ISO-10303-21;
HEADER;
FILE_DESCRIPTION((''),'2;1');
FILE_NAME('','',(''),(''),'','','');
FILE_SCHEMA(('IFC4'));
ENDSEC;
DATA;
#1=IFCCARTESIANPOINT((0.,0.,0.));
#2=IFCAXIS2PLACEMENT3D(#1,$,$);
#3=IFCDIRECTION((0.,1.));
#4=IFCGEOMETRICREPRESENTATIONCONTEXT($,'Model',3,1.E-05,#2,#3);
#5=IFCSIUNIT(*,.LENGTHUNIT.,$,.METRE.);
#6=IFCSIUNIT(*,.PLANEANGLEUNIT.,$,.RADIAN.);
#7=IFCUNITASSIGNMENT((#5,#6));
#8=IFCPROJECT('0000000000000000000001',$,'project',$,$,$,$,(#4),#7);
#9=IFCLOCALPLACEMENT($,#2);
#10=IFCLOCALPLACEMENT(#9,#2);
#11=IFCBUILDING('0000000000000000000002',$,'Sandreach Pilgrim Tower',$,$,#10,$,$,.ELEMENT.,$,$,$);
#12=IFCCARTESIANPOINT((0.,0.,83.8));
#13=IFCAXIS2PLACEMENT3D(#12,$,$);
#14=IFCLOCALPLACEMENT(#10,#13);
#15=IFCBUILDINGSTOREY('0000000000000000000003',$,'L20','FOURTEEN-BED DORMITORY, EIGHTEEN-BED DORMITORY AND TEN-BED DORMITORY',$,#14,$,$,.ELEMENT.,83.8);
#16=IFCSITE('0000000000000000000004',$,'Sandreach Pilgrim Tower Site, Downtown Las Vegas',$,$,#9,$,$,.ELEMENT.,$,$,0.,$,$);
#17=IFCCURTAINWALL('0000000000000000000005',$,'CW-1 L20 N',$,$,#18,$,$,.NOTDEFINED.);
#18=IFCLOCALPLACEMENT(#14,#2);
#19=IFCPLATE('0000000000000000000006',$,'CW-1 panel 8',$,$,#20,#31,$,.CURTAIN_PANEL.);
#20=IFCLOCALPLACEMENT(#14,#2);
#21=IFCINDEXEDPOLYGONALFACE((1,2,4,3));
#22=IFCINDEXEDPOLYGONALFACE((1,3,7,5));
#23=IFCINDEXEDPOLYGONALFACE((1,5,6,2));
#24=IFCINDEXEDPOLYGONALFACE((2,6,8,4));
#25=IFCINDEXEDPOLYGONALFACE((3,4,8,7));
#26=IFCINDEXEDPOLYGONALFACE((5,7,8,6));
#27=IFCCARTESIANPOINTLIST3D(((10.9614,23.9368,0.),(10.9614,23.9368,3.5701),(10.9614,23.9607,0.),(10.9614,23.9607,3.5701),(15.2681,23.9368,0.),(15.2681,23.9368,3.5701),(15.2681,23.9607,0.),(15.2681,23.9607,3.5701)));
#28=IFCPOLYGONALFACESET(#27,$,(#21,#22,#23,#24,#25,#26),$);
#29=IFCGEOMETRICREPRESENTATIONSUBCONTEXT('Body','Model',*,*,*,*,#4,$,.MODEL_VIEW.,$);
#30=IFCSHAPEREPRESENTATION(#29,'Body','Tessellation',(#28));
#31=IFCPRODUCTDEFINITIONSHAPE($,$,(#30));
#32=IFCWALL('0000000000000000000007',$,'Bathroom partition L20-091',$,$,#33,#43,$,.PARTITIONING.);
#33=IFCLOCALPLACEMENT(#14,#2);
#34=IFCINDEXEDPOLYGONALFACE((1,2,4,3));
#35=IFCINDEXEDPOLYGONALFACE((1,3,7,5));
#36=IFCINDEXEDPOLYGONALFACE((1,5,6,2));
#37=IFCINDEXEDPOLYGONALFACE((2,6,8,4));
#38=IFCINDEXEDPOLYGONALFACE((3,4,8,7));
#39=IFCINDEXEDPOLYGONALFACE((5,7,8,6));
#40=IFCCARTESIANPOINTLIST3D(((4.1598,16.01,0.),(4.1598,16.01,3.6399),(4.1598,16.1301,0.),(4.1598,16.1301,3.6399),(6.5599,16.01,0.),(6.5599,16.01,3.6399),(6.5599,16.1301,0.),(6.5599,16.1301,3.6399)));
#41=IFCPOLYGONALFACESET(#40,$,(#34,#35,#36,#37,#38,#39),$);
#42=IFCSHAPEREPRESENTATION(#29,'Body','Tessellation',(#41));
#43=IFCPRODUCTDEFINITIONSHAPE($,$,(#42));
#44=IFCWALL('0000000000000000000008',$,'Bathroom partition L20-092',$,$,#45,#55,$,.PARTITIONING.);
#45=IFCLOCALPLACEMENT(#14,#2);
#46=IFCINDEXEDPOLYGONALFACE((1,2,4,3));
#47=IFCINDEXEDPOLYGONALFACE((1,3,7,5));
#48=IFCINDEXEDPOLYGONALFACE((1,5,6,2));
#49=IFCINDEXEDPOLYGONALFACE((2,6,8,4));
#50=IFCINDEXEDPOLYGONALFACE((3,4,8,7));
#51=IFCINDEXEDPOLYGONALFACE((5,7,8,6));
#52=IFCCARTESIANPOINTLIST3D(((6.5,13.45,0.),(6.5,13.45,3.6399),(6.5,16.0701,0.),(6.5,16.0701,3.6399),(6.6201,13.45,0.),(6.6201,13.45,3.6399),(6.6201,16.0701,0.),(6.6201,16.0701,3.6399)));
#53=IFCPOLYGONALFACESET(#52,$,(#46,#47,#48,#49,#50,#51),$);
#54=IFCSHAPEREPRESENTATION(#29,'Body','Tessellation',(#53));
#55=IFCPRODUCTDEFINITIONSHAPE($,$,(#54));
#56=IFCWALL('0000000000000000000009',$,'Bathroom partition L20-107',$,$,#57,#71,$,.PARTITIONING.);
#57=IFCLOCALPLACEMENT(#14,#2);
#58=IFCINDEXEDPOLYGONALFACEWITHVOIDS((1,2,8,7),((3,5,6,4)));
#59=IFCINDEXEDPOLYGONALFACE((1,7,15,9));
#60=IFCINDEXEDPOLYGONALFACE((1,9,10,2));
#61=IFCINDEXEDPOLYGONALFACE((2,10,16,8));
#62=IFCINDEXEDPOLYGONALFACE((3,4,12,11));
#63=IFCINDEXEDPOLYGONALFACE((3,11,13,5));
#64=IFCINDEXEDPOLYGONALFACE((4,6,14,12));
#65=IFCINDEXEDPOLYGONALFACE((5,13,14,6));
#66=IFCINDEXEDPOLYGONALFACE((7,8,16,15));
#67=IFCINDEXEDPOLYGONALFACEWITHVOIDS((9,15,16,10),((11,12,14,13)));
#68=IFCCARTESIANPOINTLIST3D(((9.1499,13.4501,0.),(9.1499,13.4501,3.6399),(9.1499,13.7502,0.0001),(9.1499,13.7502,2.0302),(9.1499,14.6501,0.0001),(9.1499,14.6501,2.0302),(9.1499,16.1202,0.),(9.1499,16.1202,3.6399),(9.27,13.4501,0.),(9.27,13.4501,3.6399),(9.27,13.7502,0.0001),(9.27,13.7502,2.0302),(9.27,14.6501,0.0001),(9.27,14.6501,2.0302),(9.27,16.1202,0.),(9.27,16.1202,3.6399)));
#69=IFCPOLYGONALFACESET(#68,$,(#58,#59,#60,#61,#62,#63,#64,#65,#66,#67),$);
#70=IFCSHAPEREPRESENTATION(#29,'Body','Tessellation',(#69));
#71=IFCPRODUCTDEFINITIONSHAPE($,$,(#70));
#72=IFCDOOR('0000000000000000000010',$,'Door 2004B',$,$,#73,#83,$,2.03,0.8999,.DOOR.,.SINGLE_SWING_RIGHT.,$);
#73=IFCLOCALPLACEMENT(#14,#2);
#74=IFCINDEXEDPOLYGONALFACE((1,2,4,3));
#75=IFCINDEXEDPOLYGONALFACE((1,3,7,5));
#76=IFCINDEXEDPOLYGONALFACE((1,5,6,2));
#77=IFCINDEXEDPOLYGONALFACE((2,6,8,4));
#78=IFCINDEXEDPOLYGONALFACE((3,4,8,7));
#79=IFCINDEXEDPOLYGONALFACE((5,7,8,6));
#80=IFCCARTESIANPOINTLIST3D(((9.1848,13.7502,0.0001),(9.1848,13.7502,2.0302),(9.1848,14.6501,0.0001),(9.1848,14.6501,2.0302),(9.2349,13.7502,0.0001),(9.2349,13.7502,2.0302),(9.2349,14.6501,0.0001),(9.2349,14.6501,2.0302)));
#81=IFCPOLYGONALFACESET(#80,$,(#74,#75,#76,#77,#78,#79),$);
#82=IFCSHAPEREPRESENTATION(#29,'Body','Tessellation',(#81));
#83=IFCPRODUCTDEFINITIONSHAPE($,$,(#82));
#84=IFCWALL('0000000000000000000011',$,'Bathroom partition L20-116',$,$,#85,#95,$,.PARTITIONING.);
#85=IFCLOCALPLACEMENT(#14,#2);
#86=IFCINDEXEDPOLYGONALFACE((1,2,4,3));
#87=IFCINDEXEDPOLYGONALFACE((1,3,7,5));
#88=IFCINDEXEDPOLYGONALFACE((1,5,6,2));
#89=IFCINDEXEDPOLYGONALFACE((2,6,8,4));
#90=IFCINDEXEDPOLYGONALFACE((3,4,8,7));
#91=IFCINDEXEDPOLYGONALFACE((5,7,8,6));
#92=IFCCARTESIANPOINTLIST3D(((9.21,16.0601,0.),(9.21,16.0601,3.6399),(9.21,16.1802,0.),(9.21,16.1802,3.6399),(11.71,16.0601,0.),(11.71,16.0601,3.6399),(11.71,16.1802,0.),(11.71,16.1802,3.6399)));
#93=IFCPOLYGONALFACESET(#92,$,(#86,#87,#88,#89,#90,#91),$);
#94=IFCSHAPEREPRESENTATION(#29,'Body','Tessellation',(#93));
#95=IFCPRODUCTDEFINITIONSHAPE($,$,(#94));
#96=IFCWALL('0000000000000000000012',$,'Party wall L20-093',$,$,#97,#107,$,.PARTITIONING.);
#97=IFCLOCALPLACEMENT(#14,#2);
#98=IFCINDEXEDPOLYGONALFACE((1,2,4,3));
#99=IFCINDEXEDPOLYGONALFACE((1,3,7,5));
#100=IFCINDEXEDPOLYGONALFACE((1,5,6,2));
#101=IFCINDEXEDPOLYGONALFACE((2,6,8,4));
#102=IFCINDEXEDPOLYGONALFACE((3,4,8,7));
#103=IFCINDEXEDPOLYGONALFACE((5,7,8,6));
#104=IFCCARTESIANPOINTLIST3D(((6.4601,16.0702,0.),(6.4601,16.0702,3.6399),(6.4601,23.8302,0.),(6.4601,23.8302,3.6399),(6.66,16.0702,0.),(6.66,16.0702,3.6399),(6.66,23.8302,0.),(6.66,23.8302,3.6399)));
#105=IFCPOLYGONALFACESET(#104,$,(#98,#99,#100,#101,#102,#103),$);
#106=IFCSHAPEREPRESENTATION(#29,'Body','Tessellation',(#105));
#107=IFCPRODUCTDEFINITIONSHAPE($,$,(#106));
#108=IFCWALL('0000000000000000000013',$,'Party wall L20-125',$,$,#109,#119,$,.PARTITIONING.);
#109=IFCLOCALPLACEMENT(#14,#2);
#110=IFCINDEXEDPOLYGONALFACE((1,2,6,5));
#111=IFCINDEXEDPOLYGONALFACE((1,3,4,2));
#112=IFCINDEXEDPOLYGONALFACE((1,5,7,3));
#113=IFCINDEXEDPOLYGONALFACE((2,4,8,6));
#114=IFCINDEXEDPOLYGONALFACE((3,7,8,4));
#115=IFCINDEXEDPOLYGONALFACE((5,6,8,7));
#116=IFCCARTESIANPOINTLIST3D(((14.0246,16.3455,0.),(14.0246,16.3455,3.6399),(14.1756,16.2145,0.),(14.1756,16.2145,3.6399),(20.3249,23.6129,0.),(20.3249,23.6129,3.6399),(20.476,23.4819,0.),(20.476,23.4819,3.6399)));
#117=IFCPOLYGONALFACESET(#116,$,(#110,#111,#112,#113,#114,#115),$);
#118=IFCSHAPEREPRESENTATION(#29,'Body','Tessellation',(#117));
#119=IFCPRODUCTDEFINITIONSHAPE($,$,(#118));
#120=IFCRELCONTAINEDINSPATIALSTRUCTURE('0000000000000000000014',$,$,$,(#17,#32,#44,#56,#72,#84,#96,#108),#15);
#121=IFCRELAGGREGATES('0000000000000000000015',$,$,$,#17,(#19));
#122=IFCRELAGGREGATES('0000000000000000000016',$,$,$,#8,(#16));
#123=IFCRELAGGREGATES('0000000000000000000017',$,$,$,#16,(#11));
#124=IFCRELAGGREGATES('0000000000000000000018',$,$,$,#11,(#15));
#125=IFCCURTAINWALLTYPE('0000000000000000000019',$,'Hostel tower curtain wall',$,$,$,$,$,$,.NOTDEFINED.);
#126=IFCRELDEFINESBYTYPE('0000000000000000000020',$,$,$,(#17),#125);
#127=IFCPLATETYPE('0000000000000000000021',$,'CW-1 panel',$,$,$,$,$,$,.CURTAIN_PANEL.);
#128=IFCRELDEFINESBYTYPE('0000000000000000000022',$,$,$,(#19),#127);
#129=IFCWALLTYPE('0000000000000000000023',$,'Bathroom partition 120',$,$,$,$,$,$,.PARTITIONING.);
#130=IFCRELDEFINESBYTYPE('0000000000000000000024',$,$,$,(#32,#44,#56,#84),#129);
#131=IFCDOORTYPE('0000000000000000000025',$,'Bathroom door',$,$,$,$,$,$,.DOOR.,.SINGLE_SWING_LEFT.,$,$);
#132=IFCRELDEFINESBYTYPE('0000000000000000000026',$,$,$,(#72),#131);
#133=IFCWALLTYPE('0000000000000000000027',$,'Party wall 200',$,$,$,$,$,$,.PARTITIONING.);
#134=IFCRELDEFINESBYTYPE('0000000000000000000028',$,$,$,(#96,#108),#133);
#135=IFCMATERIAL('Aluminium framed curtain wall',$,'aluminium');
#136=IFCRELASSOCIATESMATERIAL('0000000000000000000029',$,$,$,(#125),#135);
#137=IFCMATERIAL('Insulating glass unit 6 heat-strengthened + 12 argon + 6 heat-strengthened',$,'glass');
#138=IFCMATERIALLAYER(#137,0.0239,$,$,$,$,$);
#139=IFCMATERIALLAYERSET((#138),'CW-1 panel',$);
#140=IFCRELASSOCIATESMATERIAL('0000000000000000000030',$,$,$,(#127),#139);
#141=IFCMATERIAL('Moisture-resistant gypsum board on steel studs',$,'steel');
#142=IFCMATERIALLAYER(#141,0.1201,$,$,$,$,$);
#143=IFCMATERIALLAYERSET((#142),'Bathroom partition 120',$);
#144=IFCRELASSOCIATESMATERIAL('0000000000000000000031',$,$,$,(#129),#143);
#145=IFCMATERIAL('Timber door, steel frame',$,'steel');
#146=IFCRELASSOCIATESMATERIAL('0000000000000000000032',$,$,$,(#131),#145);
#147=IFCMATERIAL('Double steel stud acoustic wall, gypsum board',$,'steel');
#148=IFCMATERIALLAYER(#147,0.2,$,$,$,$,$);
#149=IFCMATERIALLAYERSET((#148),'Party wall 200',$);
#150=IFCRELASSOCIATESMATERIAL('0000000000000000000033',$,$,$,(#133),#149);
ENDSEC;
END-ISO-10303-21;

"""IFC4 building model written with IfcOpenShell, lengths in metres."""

from ifc_helpers import new_model, si_unit, direction, frame, frame_2d, origin, origin_2d, place, context, subcontext, project, spatial, rectangle, extrude, material, layer, layer_set, type_object, element, fill, aggregate, save


model = new_model("IFC4")

# Units and contexts
model_context = context("Model", 3, precision=1e-05, world=origin(), true_north=direction((0.0, 1.0)))
body_context = subcontext(model_context, "Body", "Model", "MODEL_VIEW")
ifc_project = project(units=[si_unit("LENGTHUNIT", "METRE"), si_unit("PLANEANGLEUNIT", "RADIAN")], contexts=[model_context])

# Site, building, storey
site_placement = place(None, origin())
site = spatial("IfcSite", under=ifc_project, at=site_placement, Name="Sandreach Pilgrim Tower Site, Downtown Las Vegas", CompositionType="ELEMENT", RefElevation=0.0)
building_placement = place(site_placement, origin())
building = spatial("IfcBuilding", under=site, at=building_placement, Name="Sandreach Pilgrim Tower", CompositionType="ELEMENT")
storey_placement = place(building_placement, frame((0.0, 0.0, 83.8)))
storey = spatial("IfcBuildingStorey", under=building, at=storey_placement, Name="L20", Description="FOURTEEN-BED DORMITORY, EIGHTEEN-BED DORMITORY AND TEN-BED DORMITORY", CompositionType="ELEMENT", Elevation=83.8)

# Curtain wall
ifc_material_1 = material(Name="Aluminium framed curtain wall", Category="aluminium")
curtain_wall_type = type_object("IfcCurtainWallType", Name="Hostel tower curtain wall", PredefinedType="NOTDEFINED", material=ifc_material_1)
curtain_wall_placement = place(storey_placement, origin())
curtain_wall = element("IfcCurtainWall", 1, at=curtain_wall_placement, inside=storey, type_object=curtain_wall_type, Name="CW-1 L20 N", PredefinedType="NOTDEFINED")

# Plate
ifc_material_2 = material(Name="Insulating glass unit 6 heat-strengthened + 12 argon + 6 heat-strengthened", Category="glass")
ifc_layer_1 = layer(ifc_material_2, 0.0239)
ifc_layer_set_1 = layer_set([ifc_layer_1], Name="CW-1 panel")
plate_type = type_object("IfcPlateType", Name="CW-1 panel", PredefinedType="CURTAIN_PANEL", material=ifc_layer_set_1)
plate_1_placement = place(storey_placement, frame((13.1147, 23.9487, 0.0), z_axis=(0.0, 0.0, 1.0), x_axis=(1.0, 0.0, 0.0)))
plate_1 = element("IfcPlate", 2, at=plate_1_placement, type_object=plate_type, Name="CW-1 panel 8", PredefinedType="CURTAIN_PANEL", context=body_context, shape_type="SweptSolid", body=[
    extrude(rectangle(XDim=4.3066, YDim=0.0239, at=origin_2d()), origin(), (0.0, 0.0, 1.0), 3.5701),
])
aggregate(curtain_wall, [plate_1])

# Walls
ifc_material_3 = material(Name="Moisture-resistant gypsum board on steel studs", Category="steel")
ifc_layer_2 = layer(ifc_material_3, 0.1201)
ifc_layer_set_2 = layer_set([ifc_layer_2], Name="Bathroom partition 120")
wall_type_1 = type_object("IfcWallType", Name="Bathroom partition 120", PredefinedType="PARTITIONING", material=ifc_layer_set_2)
wall_1_placement = place(storey_placement, frame((6.5601, 16.0701, 0.0), z_axis=(0.0, 0.0, 1.0), x_axis=(-1.0, 0.0, 0.0)))
element("IfcWall", 3, at=wall_1_placement, inside=storey, type_object=wall_type_1, Name="Bathroom partition L20-091", PredefinedType="PARTITIONING", context=body_context, shape_type="SweptSolid", body=[
    extrude(rectangle(XDim=2.4001, YDim=0.1201, at=frame_2d((1.2002, 0.0))), origin(), (0.0, 0.0, 1.0), 3.6399),
])
wall_2_placement = place(storey_placement, frame((6.5601, 16.0701, 0.0), z_axis=(0.0, 0.0, 1.0), x_axis=(0.0, -1.0, 0.0)))
element("IfcWall", 4, at=wall_2_placement, inside=storey, type_object=wall_type_1, Name="Bathroom partition L20-092", PredefinedType="PARTITIONING", context=body_context, shape_type="SweptSolid", body=[
    extrude(rectangle(XDim=2.6201, YDim=0.1201, at=frame_2d((1.3101, 0.0))), origin(), (0.0, 0.0, 1.0), 3.6399),
])

# Wall, opening, door
wall_3_placement = place(storey_placement, frame((9.21, 16.1201, 0.0), z_axis=(0.0, 0.0, 1.0), x_axis=(0.0, -1.0, 0.0)))
wall_3 = element("IfcWall", 5, at=wall_3_placement, inside=storey, type_object=wall_type_1, Name="Bathroom partition L20-107", PredefinedType="PARTITIONING", context=body_context, shape_type="SweptSolid", body=[
    extrude(rectangle(XDim=2.6702, YDim=0.1201, at=frame_2d((1.335, 0.0))), origin(), (0.0, 0.0, 1.0), 3.6399),
])
opening_placement = place(wall_3_placement, frame((1.47, 0.0, 0.0)))
opening = element("IfcOpeningElement", 6, at=opening_placement, cuts=wall_3, PredefinedType="OPENING", context=body_context, shape_type="SweptSolid", body=[
    extrude(rectangle(XDim=0.8999, YDim=2.03, at=frame_2d((0.45, 1.0151))), frame((0.0, 0.0601, 0.0), z_axis=(0.0, -1.0, 0.0), x_axis=(1.0, 0.0, 0.0)), (0.0, 0.0, 1.0), 0.1201),
])
ifc_material_4 = material(Name="Timber door, steel frame", Category="steel")
door_type = type_object("IfcDoorType", Name="Bathroom door", OperationType="SINGLE_SWING_LEFT", PredefinedType="DOOR", material=ifc_material_4)
door_placement = place(opening_placement, origin())
door = element("IfcDoor", 7, at=door_placement, inside=storey, type_object=door_type, Name="Door 2004B", OperationType="SINGLE_SWING_RIGHT", OverallHeight=2.03, OverallWidth=0.8999, PredefinedType="DOOR", context=body_context, shape_type="SweptSolid", body=[
    extrude(rectangle(XDim=0.8999, YDim=2.03, at=frame_2d((0.45, 1.0151))), frame((0.0, 0.0249, 0.0), z_axis=(0.0, -1.0, 0.0), x_axis=(1.0, 0.0, 0.0)), (0.0, 0.0, 1.0), 0.05),
])
fill(opening, door)

# Walls
wall_4_placement = place(storey_placement, frame((11.71, 16.1201, 0.0), z_axis=(0.0, 0.0, 1.0), x_axis=(-1.0, 0.0, 0.0)))
element("IfcWall", 8, at=wall_4_placement, inside=storey, type_object=wall_type_1, Name="Bathroom partition L20-116", PredefinedType="PARTITIONING", context=body_context, shape_type="SweptSolid", body=[
    extrude(rectangle(XDim=2.5, YDim=0.1201, at=frame_2d((1.25, 0.0))), origin(), (0.0, 0.0, 1.0), 3.6399),
])
ifc_material_5 = material(Name="Double steel stud acoustic wall, gypsum board", Category="steel")
ifc_layer_3 = layer(ifc_material_5, 0.2)
ifc_layer_set_3 = layer_set([ifc_layer_3], Name="Party wall 200")
wall_type_2 = type_object("IfcWallType", Name="Party wall 200", PredefinedType="PARTITIONING", material=ifc_layer_set_3)
wall_5_placement = place(storey_placement, frame((6.5601, 23.8301, 0.0), z_axis=(0.0, 0.0, 1.0), x_axis=(0.0, -1.0, 0.0)))
element("IfcWall", 9, at=wall_5_placement, inside=storey, type_object=wall_type_2, Name="Party wall L20-093", PredefinedType="PARTITIONING", context=body_context, shape_type="SweptSolid", body=[
    extrude(rectangle(XDim=7.76, YDim=0.2, at=frame_2d((3.8799, 0.0))), origin(), (0.0, 0.0, 1.0), 3.6399),
])
wall_6_placement = place(storey_placement, frame((14.1001, 16.28, 0.0), z_axis=(0.0, 0.0, 1.0), x_axis=(0.655046, 0.755589, 0.0)))
element("IfcWall", 10, at=wall_6_placement, inside=storey, type_object=wall_type_2, Name="Party wall L20-125", PredefinedType="PARTITIONING", context=body_context, shape_type="SweptSolid", body=[
    extrude(rectangle(XDim=9.6182, YDim=0.2, at=frame_2d((4.8091, 0.0))), origin(), (0.0, 0.0, 1.0), 3.6399),
])

save(model, "model.ifc")
